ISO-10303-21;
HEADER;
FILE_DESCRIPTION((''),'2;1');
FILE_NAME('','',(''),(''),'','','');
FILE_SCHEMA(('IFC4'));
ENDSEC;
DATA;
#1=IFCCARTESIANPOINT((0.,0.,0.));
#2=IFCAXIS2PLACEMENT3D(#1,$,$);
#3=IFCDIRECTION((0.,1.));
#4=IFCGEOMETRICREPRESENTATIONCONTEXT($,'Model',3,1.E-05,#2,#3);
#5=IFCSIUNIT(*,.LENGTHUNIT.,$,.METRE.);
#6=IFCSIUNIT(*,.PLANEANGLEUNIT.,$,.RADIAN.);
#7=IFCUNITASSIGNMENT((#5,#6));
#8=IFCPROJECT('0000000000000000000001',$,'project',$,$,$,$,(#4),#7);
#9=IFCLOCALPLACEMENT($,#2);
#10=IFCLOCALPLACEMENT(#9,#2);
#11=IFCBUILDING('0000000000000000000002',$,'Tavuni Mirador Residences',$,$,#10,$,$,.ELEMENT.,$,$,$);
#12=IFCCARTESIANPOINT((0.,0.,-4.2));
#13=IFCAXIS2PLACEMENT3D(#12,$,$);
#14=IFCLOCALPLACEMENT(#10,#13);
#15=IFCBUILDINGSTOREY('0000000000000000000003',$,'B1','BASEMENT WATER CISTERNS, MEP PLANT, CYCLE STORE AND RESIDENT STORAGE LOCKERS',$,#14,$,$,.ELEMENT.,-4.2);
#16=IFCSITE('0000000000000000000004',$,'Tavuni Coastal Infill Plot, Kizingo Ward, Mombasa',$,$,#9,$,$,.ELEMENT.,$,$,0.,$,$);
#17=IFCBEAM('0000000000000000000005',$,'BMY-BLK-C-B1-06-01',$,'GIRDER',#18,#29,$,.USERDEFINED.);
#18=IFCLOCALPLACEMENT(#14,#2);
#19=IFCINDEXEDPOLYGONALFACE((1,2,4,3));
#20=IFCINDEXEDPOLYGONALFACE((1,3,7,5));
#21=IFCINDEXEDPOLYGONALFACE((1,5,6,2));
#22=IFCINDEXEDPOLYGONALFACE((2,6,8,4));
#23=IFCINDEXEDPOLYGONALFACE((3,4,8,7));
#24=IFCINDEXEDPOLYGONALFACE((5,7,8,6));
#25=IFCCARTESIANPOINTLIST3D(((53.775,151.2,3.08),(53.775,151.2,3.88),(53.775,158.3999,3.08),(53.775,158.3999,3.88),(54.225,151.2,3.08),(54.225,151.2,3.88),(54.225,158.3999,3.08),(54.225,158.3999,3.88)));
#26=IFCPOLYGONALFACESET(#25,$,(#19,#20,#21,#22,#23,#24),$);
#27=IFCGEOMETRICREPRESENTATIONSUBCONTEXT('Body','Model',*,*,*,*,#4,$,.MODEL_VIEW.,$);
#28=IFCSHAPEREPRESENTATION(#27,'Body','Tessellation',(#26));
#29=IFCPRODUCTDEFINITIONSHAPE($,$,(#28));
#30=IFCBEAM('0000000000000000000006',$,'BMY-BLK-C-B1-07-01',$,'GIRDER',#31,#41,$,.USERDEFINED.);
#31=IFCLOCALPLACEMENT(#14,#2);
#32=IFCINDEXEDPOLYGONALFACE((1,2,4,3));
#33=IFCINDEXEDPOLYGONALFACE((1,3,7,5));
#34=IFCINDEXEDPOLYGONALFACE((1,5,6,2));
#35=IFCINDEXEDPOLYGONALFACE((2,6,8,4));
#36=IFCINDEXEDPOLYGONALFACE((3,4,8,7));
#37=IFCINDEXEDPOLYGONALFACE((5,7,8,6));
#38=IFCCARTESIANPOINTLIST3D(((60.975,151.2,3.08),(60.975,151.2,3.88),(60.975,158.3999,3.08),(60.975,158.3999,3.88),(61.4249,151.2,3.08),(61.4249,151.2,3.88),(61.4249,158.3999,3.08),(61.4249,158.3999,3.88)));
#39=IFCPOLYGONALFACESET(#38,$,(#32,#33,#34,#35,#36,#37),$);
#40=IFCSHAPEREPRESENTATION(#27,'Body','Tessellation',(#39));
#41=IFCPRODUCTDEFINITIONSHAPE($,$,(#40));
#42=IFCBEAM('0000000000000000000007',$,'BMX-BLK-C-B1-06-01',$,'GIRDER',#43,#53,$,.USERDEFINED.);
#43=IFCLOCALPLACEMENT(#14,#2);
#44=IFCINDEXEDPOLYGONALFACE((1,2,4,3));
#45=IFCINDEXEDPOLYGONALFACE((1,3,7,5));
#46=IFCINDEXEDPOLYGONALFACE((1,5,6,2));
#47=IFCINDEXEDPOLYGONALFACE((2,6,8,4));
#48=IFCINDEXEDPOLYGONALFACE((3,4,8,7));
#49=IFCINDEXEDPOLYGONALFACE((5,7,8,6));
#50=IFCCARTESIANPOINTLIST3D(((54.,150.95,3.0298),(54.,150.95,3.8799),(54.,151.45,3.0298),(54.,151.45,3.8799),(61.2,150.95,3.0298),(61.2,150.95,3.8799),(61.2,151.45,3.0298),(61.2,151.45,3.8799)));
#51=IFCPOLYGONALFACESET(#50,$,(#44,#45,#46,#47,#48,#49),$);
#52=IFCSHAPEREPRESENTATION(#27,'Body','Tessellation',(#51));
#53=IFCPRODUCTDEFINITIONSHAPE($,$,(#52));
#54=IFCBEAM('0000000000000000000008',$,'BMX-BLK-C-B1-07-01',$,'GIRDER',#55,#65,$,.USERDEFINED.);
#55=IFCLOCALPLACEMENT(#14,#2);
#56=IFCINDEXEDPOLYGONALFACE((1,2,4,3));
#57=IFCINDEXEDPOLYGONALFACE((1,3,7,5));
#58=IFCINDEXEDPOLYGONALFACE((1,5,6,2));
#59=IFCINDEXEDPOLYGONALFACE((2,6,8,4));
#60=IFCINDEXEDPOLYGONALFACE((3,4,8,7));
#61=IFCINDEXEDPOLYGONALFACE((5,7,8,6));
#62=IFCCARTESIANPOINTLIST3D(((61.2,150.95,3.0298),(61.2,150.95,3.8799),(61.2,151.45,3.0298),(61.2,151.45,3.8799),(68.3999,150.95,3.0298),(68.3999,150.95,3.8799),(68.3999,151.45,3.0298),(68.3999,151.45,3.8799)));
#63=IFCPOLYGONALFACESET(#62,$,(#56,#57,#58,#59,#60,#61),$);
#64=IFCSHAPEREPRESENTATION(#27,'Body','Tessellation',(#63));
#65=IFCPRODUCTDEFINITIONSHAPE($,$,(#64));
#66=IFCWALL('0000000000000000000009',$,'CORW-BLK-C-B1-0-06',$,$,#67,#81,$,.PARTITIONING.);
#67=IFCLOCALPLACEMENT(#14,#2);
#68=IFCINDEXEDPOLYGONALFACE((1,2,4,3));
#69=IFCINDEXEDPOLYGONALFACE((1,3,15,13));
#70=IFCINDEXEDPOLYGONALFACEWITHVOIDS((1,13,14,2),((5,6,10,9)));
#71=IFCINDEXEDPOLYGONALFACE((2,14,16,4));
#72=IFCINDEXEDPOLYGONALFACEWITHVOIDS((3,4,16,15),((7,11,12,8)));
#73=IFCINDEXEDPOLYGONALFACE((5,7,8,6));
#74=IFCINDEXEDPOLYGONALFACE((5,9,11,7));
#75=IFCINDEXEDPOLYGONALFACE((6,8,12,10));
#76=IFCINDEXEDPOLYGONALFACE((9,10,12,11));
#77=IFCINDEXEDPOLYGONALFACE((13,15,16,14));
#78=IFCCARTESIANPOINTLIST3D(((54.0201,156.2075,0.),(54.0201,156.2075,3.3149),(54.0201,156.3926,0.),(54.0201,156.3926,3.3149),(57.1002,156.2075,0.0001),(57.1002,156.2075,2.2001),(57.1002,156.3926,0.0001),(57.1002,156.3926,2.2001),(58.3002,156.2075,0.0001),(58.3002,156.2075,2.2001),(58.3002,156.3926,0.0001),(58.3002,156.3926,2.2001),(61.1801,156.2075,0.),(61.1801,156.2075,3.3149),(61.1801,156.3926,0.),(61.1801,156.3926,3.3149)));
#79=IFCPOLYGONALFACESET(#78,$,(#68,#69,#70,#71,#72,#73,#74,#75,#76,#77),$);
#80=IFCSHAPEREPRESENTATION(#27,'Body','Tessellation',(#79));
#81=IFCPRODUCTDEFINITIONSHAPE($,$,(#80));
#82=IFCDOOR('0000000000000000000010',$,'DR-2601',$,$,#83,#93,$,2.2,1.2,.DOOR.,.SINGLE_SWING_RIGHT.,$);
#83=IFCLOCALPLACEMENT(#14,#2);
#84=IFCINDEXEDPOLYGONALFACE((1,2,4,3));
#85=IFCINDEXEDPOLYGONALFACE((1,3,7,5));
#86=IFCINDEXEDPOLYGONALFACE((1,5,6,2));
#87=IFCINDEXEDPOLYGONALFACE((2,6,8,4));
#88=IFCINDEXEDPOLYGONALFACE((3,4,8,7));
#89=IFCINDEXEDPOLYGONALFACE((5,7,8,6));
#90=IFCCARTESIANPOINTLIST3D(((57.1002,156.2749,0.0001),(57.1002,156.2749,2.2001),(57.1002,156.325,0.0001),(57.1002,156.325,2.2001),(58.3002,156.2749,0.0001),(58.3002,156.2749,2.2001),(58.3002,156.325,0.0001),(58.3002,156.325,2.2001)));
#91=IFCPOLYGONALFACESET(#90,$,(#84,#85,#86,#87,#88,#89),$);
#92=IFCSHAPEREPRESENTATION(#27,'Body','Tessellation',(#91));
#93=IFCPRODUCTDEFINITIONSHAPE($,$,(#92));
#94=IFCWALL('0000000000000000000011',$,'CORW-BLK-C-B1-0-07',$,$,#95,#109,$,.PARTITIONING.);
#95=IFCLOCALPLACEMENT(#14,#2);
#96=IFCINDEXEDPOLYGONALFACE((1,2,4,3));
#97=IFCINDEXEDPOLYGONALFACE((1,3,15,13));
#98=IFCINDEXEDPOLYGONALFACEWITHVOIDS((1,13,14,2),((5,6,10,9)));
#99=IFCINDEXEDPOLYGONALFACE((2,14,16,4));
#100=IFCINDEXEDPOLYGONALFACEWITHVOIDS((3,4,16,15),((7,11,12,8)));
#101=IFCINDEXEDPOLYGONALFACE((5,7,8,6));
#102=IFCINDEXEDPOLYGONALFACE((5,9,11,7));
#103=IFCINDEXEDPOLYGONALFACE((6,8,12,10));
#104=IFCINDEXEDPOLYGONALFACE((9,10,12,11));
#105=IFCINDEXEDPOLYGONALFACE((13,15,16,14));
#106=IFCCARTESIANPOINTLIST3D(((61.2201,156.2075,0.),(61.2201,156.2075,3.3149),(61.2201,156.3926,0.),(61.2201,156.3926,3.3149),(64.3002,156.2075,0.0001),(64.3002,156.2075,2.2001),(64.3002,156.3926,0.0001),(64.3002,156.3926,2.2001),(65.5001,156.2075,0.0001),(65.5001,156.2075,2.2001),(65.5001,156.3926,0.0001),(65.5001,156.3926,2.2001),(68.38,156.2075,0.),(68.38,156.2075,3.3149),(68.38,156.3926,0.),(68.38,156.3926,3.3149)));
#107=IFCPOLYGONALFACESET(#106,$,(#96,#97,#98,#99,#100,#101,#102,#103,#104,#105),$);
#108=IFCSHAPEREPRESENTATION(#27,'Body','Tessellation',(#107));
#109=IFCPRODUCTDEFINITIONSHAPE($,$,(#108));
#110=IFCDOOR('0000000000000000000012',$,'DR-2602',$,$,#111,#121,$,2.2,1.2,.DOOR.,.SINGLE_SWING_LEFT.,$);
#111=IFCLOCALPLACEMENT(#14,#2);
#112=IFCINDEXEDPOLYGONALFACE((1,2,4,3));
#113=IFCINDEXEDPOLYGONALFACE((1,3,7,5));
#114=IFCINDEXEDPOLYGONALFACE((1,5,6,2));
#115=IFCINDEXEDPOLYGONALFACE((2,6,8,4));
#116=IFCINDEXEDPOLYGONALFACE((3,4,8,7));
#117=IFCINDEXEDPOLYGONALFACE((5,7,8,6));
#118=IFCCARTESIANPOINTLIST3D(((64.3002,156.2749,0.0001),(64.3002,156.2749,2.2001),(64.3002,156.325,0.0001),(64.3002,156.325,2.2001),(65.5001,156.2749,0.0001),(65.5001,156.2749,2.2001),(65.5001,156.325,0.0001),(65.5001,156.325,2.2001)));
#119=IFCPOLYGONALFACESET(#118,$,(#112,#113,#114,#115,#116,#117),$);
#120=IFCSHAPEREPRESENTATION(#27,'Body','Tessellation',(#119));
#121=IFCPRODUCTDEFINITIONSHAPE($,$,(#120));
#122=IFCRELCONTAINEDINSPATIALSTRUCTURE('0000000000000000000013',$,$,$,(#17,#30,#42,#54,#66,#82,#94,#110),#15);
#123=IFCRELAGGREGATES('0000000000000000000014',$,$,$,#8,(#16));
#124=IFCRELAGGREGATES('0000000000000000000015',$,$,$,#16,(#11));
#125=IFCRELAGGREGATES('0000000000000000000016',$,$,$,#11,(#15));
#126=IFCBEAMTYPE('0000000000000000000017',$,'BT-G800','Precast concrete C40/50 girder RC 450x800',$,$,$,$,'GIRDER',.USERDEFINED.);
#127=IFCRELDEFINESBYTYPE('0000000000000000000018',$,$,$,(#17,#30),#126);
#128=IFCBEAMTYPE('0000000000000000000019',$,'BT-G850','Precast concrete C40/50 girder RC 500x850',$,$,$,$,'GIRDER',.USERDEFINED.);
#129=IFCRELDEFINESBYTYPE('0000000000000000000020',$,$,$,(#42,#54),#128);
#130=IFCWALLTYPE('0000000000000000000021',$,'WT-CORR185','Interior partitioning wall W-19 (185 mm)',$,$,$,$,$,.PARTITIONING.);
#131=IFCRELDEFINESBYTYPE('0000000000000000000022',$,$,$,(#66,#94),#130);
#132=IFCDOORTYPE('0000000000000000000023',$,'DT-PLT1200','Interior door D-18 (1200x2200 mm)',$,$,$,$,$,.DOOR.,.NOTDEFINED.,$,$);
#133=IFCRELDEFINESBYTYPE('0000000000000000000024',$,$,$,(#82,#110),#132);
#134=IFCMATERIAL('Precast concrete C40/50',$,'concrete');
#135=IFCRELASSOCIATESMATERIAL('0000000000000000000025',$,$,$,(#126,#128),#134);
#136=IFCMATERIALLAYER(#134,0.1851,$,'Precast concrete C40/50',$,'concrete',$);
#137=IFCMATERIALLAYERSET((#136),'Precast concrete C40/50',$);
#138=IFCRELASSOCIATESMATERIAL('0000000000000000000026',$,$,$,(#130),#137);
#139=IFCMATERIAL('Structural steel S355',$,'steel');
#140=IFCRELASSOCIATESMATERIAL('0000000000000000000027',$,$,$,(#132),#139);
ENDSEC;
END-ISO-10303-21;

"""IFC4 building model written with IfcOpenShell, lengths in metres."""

from ifc_helpers import new_model, si_unit, direction, frame, frame_2d, origin, origin_2d, place, context, subcontext, project, spatial, rectangle, extrude, material, layer, layer_set, material_profile, profile_set, type_object, element, fill, save


model = new_model("IFC4")

# Units and contexts
model_context = context("Model", 3, precision=1e-05, world=origin(), true_north=direction((0.0, 1.0)))
body_context = subcontext(model_context, "Body", "Model", "MODEL_VIEW")
ifc_project = project(units=[si_unit("LENGTHUNIT", "METRE"), si_unit("PLANEANGLEUNIT", "RADIAN")], contexts=[model_context])

# Site, building, storey
site_placement = place(None, origin())
site = spatial("IfcSite", under=ifc_project, at=site_placement, Name="Tavuni Coastal Infill Plot, Kizingo Ward, Mombasa", CompositionType="ELEMENT", RefElevation=0.0)
building_placement = place(site_placement, origin())
building = spatial("IfcBuilding", under=site, at=building_placement, Name="Tavuni Mirador Residences", CompositionType="ELEMENT")
storey_placement = place(building_placement, frame((0.0, 0.0, -4.2)))
storey = spatial("IfcBuildingStorey", under=building, at=storey_placement, Name="B1", Description="BASEMENT WATER CISTERNS, MEP PLANT, CYCLE STORE AND RESIDENT STORAGE LOCKERS", CompositionType="ELEMENT", Elevation=-4.2)

# Beams
ifc_material_1 = material(Name="Precast concrete C40/50", Category="concrete")
ifc_material_profile_1 = material_profile(ifc_material_1, rectangle(XDim=0.45, YDim=0.8, at=origin_2d()), Name="RC 450x800", Category="concrete")
ifc_profile_set_1 = profile_set([ifc_material_profile_1], Name="Precast concrete C40/50")
beam_type_1 = type_object("IfcBeamType", Name="BT-G800", Description="Precast concrete C40/50 girder RC 450x800", ElementType="GIRDER", PredefinedType="USERDEFINED", material=ifc_profile_set_1)
for number, where, z_axis, x_axis, name in (
    (1, (54.0, 151.2, 3.48), (0.0, 1.0, 0.0), (-1.0, 0.0, 0.0), "BMY-BLK-C-B1-06-01"),
    (2, (61.2, 151.2, 3.48), (0.0, 1.0, 0.0), (-1.0, 0.0, 0.0), "BMY-BLK-C-B1-07-01"),
):
    element("IfcBeam", number, at=place(storey_placement, frame(where, z_axis=z_axis, x_axis=x_axis)), inside=storey, type_object=beam_type_1, Name=name, ObjectType="GIRDER", PredefinedType="USERDEFINED", context=body_context, shape_type="SweptSolid", body=[
        extrude(rectangle(XDim=0.45, YDim=0.8, at=origin_2d()), origin(), (0.0, 0.0, 1.0), 7.2),
    ])
ifc_material_profile_2 = material_profile(ifc_material_1, rectangle(XDim=0.5, YDim=0.8501, at=origin_2d()), Name="RC 500x850", Category="concrete")
ifc_profile_set_2 = profile_set([ifc_material_profile_2], Name="Precast concrete C40/50")
beam_type_2 = type_object("IfcBeamType", Name="BT-G850", Description="Precast concrete C40/50 girder RC 500x850", ElementType="GIRDER", PredefinedType="USERDEFINED", material=ifc_profile_set_2)
for number, where, z_axis, x_axis, name in (
    (3, (54.0, 151.2, 3.4548), (1.0, 0.0, 0.0), (0.0, 1.0, 0.0), "BMX-BLK-C-B1-06-01"),
    (4, (61.2, 151.2, 3.4548), (1.0, 0.0, 0.0), (0.0, 1.0, 0.0), "BMX-BLK-C-B1-07-01"),
):
    element("IfcBeam", number, at=place(storey_placement, frame(where, z_axis=z_axis, x_axis=x_axis)), inside=storey, type_object=beam_type_2, Name=name, ObjectType="GIRDER", PredefinedType="USERDEFINED", context=body_context, shape_type="SweptSolid", body=[
        extrude(rectangle(XDim=0.5, YDim=0.8501, at=origin_2d()), origin(), (0.0, 0.0, 1.0), 7.2),
    ])

# Walls, openings, doors
ifc_layer = layer(ifc_material_1, 0.1851, Name="Precast concrete C40/50", Category="concrete")
ifc_layer_set = layer_set([ifc_layer], Name="Precast concrete C40/50")
wall_type = type_object("IfcWallType", Name="WT-CORR185", Description="Interior partitioning wall W-19 (185 mm)", PredefinedType="PARTITIONING", material=ifc_layer_set)
wall_1_placement = place(storey_placement, frame((54.02, 156.3, 0.0), z_axis=(0.0, 0.0, 1.0), x_axis=(1.0, 0.0, 0.0)))
wall_1 = element("IfcWall", 5, at=wall_1_placement, inside=storey, type_object=wall_type, Name="CORW-BLK-C-B1-0-06", PredefinedType="PARTITIONING", context=body_context, shape_type="SweptSolid", body=[
    extrude(rectangle(XDim=7.1599, YDim=0.1851, at=frame_2d((3.5801, 0.0))), origin(), (0.0, 0.0, 1.0), 3.3149),
])
opening_1_placement = place(wall_1_placement, frame((3.0801, 0.0, 0.0)))
opening_1 = element("IfcOpeningElement", 6, at=opening_1_placement, cuts=wall_1, PredefinedType="OPENING", context=body_context, shape_type="SweptSolid", body=[
    extrude(rectangle(XDim=1.2, YDim=2.2, at=frame_2d((0.6001, 1.1001))), frame((0.0, 0.1025, 0.0), z_axis=(0.0, -1.0, 0.0), x_axis=(1.0, 0.0, 0.0)), (0.0, 0.0, 1.0), 0.2051),
])
ifc_material_2 = material(Name="Structural steel S355", Category="steel")
door_type = type_object("IfcDoorType", Name="DT-PLT1200", Description="Interior door D-18 (1200x2200 mm)", OperationType="NOTDEFINED", PredefinedType="DOOR", material=ifc_material_2)
door_1_placement = place(opening_1_placement, origin())
door_1 = element("IfcDoor", 7, at=door_1_placement, inside=storey, type_object=door_type, Name="DR-2601", OperationType="SINGLE_SWING_RIGHT", OverallHeight=2.2, OverallWidth=1.2, PredefinedType="DOOR", context=body_context, shape_type="SweptSolid", body=[
    extrude(rectangle(XDim=1.2, YDim=2.2, at=frame_2d((0.6001, 1.1001))), frame((0.0, 0.0249, 0.0), z_axis=(0.0, -1.0, 0.0), x_axis=(1.0, 0.0, 0.0)), (0.0, 0.0, 1.0), 0.05),
])
fill(opening_1, door_1)
wall_2_placement = place(storey_placement, frame((61.22, 156.3, 0.0), z_axis=(0.0, 0.0, 1.0), x_axis=(1.0, 0.0, 0.0)))
wall_2 = element("IfcWall", 8, at=wall_2_placement, inside=storey, type_object=wall_type, Name="CORW-BLK-C-B1-0-07", PredefinedType="PARTITIONING", context=body_context, shape_type="SweptSolid", body=[
    extrude(rectangle(XDim=7.1599, YDim=0.1851, at=frame_2d((3.5801, 0.0))), origin(), (0.0, 0.0, 1.0), 3.3149),
])
opening_2_placement = place(wall_2_placement, frame((3.0801, 0.0, 0.0)))
opening_2 = element("IfcOpeningElement", 9, at=opening_2_placement, cuts=wall_2, PredefinedType="OPENING", context=body_context, shape_type="SweptSolid", body=[
    extrude(rectangle(XDim=1.2, YDim=2.2, at=frame_2d((0.6001, 1.1001))), frame((0.0, 0.1025, 0.0), z_axis=(0.0, -1.0, 0.0), x_axis=(1.0, 0.0, 0.0)), (0.0, 0.0, 1.0), 0.2051),
])
door_2_placement = place(opening_2_placement, origin())
door_2 = element("IfcDoor", 10, at=door_2_placement, inside=storey, type_object=door_type, Name="DR-2602", OperationType="SINGLE_SWING_LEFT", OverallHeight=2.2, OverallWidth=1.2, PredefinedType="DOOR", context=body_context, shape_type="SweptSolid", body=[
    extrude(rectangle(XDim=1.2, YDim=2.2, at=frame_2d((0.6001, 1.1001))), frame((0.0, 0.0249, 0.0), z_axis=(0.0, -1.0, 0.0), x_axis=(1.0, 0.0, 0.0)), (0.0, 0.0, 1.0), 0.05),
])
fill(opening_2, door_2)

save(model, "model.ifc")
